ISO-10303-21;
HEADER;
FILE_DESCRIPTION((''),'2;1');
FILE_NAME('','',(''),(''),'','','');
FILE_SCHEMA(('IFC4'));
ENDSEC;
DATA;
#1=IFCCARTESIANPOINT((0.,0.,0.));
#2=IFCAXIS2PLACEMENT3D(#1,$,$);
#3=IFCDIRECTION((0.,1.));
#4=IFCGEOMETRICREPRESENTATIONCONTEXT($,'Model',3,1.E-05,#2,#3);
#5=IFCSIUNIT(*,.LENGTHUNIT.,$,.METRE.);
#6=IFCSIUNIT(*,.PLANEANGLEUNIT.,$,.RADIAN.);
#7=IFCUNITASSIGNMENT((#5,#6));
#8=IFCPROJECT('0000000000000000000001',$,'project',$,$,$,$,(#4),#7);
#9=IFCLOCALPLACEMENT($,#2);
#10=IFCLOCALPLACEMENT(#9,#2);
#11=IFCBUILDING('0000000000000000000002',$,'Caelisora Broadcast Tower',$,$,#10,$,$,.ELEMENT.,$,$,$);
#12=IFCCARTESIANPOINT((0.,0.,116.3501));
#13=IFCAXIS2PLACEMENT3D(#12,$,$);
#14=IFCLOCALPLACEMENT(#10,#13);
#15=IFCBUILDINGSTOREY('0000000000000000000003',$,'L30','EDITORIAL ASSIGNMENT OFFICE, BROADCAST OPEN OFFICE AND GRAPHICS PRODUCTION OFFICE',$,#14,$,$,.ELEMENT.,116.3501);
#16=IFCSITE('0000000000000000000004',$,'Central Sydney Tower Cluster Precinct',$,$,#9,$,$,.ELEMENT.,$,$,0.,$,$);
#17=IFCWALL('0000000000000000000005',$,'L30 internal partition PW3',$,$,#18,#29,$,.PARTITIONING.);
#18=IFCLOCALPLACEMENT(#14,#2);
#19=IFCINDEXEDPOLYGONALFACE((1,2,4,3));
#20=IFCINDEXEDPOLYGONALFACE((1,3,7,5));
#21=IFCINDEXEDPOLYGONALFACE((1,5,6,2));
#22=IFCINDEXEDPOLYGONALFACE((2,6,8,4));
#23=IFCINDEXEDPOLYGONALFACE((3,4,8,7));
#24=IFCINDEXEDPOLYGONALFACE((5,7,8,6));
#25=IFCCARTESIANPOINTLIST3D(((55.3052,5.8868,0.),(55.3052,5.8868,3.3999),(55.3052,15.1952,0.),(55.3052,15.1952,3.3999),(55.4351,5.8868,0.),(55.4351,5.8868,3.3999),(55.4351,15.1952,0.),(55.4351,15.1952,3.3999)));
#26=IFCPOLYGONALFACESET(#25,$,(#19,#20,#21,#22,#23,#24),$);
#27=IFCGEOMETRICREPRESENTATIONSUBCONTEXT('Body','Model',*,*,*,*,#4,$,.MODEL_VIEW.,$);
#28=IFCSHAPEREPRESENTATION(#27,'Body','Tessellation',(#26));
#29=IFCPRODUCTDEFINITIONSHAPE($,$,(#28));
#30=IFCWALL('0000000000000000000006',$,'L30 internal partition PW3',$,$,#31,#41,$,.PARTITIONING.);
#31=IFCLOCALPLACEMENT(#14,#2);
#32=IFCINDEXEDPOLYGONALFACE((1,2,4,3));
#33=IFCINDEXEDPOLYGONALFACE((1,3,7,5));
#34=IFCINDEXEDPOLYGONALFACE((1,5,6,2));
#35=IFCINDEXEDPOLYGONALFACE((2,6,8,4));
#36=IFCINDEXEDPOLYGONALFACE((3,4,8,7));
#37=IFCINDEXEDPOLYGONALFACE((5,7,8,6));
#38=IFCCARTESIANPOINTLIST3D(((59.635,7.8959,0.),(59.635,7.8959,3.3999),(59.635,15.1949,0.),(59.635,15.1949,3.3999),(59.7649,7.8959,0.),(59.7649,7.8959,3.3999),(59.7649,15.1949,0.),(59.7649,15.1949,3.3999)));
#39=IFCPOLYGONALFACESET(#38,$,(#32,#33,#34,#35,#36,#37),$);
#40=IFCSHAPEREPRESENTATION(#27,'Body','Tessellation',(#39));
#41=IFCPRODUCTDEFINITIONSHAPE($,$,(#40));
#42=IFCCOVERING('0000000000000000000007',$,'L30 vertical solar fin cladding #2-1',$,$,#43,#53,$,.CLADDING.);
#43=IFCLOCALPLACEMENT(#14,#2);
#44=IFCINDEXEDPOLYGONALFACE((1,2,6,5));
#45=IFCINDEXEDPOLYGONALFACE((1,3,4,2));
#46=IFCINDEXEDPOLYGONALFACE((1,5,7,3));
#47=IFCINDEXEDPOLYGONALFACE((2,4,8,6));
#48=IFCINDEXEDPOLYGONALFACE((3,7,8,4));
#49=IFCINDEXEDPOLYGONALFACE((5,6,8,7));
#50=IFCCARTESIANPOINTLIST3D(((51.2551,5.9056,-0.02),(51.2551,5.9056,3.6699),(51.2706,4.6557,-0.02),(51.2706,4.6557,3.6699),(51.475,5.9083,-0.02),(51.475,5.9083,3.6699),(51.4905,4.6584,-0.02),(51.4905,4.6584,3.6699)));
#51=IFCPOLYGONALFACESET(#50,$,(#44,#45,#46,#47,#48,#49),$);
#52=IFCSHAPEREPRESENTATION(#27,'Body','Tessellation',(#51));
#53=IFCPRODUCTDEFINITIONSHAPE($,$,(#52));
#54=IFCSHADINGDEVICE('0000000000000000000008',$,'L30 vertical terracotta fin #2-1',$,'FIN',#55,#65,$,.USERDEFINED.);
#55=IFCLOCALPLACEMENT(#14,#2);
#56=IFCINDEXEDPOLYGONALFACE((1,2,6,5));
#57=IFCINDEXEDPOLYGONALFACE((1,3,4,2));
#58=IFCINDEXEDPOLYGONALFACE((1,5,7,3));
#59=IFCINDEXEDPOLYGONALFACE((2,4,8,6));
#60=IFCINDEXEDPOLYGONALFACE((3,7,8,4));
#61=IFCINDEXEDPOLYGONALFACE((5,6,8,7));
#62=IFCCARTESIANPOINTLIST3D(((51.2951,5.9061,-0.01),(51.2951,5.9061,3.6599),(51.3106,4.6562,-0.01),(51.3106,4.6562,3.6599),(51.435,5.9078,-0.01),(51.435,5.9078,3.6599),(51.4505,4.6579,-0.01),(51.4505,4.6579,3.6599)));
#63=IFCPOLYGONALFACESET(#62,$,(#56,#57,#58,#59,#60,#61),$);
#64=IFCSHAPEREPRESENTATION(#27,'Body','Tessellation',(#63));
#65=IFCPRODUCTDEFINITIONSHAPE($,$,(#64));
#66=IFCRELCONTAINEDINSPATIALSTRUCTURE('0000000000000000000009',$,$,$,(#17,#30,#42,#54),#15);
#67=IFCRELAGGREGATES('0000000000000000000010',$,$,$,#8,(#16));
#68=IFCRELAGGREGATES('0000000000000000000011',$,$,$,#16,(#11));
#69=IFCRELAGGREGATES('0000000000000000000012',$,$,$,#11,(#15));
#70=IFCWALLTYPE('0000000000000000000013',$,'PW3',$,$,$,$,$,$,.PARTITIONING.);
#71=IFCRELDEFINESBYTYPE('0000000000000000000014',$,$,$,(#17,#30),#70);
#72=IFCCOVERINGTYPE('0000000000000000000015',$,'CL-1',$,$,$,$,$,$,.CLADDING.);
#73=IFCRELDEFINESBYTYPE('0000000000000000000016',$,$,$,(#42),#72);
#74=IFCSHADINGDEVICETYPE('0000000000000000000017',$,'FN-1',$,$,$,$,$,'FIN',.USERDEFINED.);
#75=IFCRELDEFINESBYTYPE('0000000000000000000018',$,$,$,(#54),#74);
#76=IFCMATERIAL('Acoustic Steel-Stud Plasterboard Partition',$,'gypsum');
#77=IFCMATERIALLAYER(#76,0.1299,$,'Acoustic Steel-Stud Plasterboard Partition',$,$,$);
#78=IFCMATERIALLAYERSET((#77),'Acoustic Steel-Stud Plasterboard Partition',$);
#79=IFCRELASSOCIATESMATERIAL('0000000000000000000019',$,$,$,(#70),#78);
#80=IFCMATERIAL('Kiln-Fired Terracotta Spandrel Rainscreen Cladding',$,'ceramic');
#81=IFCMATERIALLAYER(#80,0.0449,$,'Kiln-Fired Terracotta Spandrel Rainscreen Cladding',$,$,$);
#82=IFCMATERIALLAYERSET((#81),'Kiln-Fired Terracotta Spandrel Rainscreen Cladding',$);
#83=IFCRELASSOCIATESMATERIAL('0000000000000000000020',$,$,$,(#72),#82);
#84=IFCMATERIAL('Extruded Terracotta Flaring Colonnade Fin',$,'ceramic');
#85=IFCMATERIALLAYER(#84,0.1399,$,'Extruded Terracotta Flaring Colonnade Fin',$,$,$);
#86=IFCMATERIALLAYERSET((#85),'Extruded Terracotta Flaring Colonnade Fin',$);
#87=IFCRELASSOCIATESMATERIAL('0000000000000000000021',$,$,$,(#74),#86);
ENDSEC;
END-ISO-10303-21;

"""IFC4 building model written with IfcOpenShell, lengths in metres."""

from ifc_helpers import new_model, si_unit, direction, frame, frame_2d, origin, origin_2d, place, context, subcontext, project, spatial, rectangle, extrude, source, transform, mapped, material, layer, layer_set, type_object, type_shapes, element, save


model = new_model("IFC4")

# Units and contexts
model_context = context("Model", 3, precision=1e-05, world=origin(), true_north=direction((0.0, 1.0)))
body_context = subcontext(model_context, "Body", "Model", "MODEL_VIEW")
ifc_project = project(units=[si_unit("LENGTHUNIT", "METRE"), si_unit("PLANEANGLEUNIT", "RADIAN")], contexts=[model_context])

# Site, building, storey
site_placement = place(None, origin())
site = spatial("IfcSite", under=ifc_project, at=site_placement, Name="Central Sydney Tower Cluster Precinct", CompositionType="ELEMENT", RefElevation=0.0)
building_placement = place(site_placement, origin())
building = spatial("IfcBuilding", under=site, at=building_placement, Name="Caelisora Broadcast Tower", CompositionType="ELEMENT")
storey_placement = place(building_placement, frame((0.0, 0.0, 116.3501)))
storey = spatial("IfcBuildingStorey", under=building, at=storey_placement, Name="L30", Description="EDITORIAL ASSIGNMENT OFFICE, BROADCAST OPEN OFFICE AND GRAPHICS PRODUCTION OFFICE", CompositionType="ELEMENT", Elevation=116.3501)

# Walls
ifc_material_1 = material(Name="Acoustic Steel-Stud Plasterboard Partition", Category="gypsum")
ifc_layer_1 = layer(ifc_material_1, 0.1299, Name="Acoustic Steel-Stud Plasterboard Partition")
ifc_layer_set_1 = layer_set([ifc_layer_1], Name="Acoustic Steel-Stud Plasterboard Partition")
wall_type_1 = type_object("IfcWallType", Name="PW3", PredefinedType="PARTITIONING", material=ifc_layer_set_1)
wall_1_placement = place(storey_placement, frame((55.3701, 5.8867, 0.0), z_axis=(0.0, 0.0, 1.0), x_axis=(0.0, 1.0, 0.0)))
element("IfcWall", 1, at=wall_1_placement, inside=storey, type_object=wall_type_1, Name="L30 internal partition PW3", PredefinedType="PARTITIONING", context=body_context, shape_type="SweptSolid", body=[
    extrude(rectangle(XDim=9.3083, YDim=0.1299, at=frame_2d((4.6543, 0.0))), origin(), (0.0, 0.0, 1.0), 3.3999),
])
wall_2_placement = place(storey_placement, frame((59.7, 7.896, 0.0), z_axis=(0.0, 0.0, 1.0), x_axis=(0.0, 1.0, 0.0)))
element("IfcWall", 2, at=wall_2_placement, inside=storey, type_object=wall_type_1, Name="L30 internal partition PW3", PredefinedType="PARTITIONING", context=body_context, shape_type="SweptSolid", body=[
    extrude(rectangle(XDim=7.2991, YDim=0.1299, at=frame_2d((3.6494, 0.0))), origin(), (0.0, 0.0, 1.0), 3.3999),
])

# Covering
ifc_material_2 = material(Name="Kiln-Fired Terracotta Spandrel Rainscreen Cladding", Category="ceramic")
ifc_layer_2 = layer(ifc_material_2, 0.0449, Name="Kiln-Fired Terracotta Spandrel Rainscreen Cladding")
ifc_layer_set_2 = layer_set([ifc_layer_2], Name="Kiln-Fired Terracotta Spandrel Rainscreen Cladding")
covering_type = type_object("IfcCoveringType", Name="CL-1", PredefinedType="CLADDING", material=ifc_layer_set_2)
shared_shape_1 = source(origin(), body_context, "Body", "SweptSolid", [
    extrude(rectangle(XDim=0.22, YDim=1.25, at=origin_2d()), origin(), (0.0, 0.0, 1.0), 3.6899),
])
type_shapes(covering_type, [shared_shape_1])
covering_placement = place(storey_placement, frame((51.3728, 5.282, -0.02), z_axis=(0.0, 0.0, 1.0), x_axis=(-0.999923, -0.012392, 0.0)))
element("IfcCovering", 3, at=covering_placement, inside=storey, type_object=covering_type, Name="L30 vertical solar fin cladding #2-1", PredefinedType="CLADDING", context=body_context, shape_type="MappedRepresentation", body=[
    mapped(shared_shape_1, transform((0.0, 0.0, 0.0), scale=1.0)),
])

# Shading device
ifc_material_3 = material(Name="Extruded Terracotta Flaring Colonnade Fin", Category="ceramic")
ifc_layer_3 = layer(ifc_material_3, 0.1399, Name="Extruded Terracotta Flaring Colonnade Fin")
ifc_layer_set_3 = layer_set([ifc_layer_3], Name="Extruded Terracotta Flaring Colonnade Fin")
shading_device_type = type_object("IfcShadingDeviceType", Name="FN-1", ElementType="FIN", PredefinedType="USERDEFINED", material=ifc_layer_set_3)
shared_shape_2 = source(origin(), body_context, "Body", "SweptSolid", [
    extrude(rectangle(XDim=0.1399, YDim=1.25, at=origin_2d()), origin(), (0.0, 0.0, 1.0), 3.6699),
])
type_shapes(shading_device_type, [shared_shape_2])
shading_device_placement = place(storey_placement, frame((51.3728, 5.282, -0.01), z_axis=(0.0, 0.0, 1.0), x_axis=(-0.999923, -0.012392, 0.0)))
element("IfcShadingDevice", 4, at=shading_device_placement, inside=storey, type_object=shading_device_type, Name="L30 vertical terracotta fin #2-1", ObjectType="FIN", PredefinedType="USERDEFINED", context=body_context, shape_type="MappedRepresentation", body=[
    mapped(shared_shape_2, transform((0.0, 0.0, 0.0), scale=1.0)),
])

save(model, "model.ifc")
